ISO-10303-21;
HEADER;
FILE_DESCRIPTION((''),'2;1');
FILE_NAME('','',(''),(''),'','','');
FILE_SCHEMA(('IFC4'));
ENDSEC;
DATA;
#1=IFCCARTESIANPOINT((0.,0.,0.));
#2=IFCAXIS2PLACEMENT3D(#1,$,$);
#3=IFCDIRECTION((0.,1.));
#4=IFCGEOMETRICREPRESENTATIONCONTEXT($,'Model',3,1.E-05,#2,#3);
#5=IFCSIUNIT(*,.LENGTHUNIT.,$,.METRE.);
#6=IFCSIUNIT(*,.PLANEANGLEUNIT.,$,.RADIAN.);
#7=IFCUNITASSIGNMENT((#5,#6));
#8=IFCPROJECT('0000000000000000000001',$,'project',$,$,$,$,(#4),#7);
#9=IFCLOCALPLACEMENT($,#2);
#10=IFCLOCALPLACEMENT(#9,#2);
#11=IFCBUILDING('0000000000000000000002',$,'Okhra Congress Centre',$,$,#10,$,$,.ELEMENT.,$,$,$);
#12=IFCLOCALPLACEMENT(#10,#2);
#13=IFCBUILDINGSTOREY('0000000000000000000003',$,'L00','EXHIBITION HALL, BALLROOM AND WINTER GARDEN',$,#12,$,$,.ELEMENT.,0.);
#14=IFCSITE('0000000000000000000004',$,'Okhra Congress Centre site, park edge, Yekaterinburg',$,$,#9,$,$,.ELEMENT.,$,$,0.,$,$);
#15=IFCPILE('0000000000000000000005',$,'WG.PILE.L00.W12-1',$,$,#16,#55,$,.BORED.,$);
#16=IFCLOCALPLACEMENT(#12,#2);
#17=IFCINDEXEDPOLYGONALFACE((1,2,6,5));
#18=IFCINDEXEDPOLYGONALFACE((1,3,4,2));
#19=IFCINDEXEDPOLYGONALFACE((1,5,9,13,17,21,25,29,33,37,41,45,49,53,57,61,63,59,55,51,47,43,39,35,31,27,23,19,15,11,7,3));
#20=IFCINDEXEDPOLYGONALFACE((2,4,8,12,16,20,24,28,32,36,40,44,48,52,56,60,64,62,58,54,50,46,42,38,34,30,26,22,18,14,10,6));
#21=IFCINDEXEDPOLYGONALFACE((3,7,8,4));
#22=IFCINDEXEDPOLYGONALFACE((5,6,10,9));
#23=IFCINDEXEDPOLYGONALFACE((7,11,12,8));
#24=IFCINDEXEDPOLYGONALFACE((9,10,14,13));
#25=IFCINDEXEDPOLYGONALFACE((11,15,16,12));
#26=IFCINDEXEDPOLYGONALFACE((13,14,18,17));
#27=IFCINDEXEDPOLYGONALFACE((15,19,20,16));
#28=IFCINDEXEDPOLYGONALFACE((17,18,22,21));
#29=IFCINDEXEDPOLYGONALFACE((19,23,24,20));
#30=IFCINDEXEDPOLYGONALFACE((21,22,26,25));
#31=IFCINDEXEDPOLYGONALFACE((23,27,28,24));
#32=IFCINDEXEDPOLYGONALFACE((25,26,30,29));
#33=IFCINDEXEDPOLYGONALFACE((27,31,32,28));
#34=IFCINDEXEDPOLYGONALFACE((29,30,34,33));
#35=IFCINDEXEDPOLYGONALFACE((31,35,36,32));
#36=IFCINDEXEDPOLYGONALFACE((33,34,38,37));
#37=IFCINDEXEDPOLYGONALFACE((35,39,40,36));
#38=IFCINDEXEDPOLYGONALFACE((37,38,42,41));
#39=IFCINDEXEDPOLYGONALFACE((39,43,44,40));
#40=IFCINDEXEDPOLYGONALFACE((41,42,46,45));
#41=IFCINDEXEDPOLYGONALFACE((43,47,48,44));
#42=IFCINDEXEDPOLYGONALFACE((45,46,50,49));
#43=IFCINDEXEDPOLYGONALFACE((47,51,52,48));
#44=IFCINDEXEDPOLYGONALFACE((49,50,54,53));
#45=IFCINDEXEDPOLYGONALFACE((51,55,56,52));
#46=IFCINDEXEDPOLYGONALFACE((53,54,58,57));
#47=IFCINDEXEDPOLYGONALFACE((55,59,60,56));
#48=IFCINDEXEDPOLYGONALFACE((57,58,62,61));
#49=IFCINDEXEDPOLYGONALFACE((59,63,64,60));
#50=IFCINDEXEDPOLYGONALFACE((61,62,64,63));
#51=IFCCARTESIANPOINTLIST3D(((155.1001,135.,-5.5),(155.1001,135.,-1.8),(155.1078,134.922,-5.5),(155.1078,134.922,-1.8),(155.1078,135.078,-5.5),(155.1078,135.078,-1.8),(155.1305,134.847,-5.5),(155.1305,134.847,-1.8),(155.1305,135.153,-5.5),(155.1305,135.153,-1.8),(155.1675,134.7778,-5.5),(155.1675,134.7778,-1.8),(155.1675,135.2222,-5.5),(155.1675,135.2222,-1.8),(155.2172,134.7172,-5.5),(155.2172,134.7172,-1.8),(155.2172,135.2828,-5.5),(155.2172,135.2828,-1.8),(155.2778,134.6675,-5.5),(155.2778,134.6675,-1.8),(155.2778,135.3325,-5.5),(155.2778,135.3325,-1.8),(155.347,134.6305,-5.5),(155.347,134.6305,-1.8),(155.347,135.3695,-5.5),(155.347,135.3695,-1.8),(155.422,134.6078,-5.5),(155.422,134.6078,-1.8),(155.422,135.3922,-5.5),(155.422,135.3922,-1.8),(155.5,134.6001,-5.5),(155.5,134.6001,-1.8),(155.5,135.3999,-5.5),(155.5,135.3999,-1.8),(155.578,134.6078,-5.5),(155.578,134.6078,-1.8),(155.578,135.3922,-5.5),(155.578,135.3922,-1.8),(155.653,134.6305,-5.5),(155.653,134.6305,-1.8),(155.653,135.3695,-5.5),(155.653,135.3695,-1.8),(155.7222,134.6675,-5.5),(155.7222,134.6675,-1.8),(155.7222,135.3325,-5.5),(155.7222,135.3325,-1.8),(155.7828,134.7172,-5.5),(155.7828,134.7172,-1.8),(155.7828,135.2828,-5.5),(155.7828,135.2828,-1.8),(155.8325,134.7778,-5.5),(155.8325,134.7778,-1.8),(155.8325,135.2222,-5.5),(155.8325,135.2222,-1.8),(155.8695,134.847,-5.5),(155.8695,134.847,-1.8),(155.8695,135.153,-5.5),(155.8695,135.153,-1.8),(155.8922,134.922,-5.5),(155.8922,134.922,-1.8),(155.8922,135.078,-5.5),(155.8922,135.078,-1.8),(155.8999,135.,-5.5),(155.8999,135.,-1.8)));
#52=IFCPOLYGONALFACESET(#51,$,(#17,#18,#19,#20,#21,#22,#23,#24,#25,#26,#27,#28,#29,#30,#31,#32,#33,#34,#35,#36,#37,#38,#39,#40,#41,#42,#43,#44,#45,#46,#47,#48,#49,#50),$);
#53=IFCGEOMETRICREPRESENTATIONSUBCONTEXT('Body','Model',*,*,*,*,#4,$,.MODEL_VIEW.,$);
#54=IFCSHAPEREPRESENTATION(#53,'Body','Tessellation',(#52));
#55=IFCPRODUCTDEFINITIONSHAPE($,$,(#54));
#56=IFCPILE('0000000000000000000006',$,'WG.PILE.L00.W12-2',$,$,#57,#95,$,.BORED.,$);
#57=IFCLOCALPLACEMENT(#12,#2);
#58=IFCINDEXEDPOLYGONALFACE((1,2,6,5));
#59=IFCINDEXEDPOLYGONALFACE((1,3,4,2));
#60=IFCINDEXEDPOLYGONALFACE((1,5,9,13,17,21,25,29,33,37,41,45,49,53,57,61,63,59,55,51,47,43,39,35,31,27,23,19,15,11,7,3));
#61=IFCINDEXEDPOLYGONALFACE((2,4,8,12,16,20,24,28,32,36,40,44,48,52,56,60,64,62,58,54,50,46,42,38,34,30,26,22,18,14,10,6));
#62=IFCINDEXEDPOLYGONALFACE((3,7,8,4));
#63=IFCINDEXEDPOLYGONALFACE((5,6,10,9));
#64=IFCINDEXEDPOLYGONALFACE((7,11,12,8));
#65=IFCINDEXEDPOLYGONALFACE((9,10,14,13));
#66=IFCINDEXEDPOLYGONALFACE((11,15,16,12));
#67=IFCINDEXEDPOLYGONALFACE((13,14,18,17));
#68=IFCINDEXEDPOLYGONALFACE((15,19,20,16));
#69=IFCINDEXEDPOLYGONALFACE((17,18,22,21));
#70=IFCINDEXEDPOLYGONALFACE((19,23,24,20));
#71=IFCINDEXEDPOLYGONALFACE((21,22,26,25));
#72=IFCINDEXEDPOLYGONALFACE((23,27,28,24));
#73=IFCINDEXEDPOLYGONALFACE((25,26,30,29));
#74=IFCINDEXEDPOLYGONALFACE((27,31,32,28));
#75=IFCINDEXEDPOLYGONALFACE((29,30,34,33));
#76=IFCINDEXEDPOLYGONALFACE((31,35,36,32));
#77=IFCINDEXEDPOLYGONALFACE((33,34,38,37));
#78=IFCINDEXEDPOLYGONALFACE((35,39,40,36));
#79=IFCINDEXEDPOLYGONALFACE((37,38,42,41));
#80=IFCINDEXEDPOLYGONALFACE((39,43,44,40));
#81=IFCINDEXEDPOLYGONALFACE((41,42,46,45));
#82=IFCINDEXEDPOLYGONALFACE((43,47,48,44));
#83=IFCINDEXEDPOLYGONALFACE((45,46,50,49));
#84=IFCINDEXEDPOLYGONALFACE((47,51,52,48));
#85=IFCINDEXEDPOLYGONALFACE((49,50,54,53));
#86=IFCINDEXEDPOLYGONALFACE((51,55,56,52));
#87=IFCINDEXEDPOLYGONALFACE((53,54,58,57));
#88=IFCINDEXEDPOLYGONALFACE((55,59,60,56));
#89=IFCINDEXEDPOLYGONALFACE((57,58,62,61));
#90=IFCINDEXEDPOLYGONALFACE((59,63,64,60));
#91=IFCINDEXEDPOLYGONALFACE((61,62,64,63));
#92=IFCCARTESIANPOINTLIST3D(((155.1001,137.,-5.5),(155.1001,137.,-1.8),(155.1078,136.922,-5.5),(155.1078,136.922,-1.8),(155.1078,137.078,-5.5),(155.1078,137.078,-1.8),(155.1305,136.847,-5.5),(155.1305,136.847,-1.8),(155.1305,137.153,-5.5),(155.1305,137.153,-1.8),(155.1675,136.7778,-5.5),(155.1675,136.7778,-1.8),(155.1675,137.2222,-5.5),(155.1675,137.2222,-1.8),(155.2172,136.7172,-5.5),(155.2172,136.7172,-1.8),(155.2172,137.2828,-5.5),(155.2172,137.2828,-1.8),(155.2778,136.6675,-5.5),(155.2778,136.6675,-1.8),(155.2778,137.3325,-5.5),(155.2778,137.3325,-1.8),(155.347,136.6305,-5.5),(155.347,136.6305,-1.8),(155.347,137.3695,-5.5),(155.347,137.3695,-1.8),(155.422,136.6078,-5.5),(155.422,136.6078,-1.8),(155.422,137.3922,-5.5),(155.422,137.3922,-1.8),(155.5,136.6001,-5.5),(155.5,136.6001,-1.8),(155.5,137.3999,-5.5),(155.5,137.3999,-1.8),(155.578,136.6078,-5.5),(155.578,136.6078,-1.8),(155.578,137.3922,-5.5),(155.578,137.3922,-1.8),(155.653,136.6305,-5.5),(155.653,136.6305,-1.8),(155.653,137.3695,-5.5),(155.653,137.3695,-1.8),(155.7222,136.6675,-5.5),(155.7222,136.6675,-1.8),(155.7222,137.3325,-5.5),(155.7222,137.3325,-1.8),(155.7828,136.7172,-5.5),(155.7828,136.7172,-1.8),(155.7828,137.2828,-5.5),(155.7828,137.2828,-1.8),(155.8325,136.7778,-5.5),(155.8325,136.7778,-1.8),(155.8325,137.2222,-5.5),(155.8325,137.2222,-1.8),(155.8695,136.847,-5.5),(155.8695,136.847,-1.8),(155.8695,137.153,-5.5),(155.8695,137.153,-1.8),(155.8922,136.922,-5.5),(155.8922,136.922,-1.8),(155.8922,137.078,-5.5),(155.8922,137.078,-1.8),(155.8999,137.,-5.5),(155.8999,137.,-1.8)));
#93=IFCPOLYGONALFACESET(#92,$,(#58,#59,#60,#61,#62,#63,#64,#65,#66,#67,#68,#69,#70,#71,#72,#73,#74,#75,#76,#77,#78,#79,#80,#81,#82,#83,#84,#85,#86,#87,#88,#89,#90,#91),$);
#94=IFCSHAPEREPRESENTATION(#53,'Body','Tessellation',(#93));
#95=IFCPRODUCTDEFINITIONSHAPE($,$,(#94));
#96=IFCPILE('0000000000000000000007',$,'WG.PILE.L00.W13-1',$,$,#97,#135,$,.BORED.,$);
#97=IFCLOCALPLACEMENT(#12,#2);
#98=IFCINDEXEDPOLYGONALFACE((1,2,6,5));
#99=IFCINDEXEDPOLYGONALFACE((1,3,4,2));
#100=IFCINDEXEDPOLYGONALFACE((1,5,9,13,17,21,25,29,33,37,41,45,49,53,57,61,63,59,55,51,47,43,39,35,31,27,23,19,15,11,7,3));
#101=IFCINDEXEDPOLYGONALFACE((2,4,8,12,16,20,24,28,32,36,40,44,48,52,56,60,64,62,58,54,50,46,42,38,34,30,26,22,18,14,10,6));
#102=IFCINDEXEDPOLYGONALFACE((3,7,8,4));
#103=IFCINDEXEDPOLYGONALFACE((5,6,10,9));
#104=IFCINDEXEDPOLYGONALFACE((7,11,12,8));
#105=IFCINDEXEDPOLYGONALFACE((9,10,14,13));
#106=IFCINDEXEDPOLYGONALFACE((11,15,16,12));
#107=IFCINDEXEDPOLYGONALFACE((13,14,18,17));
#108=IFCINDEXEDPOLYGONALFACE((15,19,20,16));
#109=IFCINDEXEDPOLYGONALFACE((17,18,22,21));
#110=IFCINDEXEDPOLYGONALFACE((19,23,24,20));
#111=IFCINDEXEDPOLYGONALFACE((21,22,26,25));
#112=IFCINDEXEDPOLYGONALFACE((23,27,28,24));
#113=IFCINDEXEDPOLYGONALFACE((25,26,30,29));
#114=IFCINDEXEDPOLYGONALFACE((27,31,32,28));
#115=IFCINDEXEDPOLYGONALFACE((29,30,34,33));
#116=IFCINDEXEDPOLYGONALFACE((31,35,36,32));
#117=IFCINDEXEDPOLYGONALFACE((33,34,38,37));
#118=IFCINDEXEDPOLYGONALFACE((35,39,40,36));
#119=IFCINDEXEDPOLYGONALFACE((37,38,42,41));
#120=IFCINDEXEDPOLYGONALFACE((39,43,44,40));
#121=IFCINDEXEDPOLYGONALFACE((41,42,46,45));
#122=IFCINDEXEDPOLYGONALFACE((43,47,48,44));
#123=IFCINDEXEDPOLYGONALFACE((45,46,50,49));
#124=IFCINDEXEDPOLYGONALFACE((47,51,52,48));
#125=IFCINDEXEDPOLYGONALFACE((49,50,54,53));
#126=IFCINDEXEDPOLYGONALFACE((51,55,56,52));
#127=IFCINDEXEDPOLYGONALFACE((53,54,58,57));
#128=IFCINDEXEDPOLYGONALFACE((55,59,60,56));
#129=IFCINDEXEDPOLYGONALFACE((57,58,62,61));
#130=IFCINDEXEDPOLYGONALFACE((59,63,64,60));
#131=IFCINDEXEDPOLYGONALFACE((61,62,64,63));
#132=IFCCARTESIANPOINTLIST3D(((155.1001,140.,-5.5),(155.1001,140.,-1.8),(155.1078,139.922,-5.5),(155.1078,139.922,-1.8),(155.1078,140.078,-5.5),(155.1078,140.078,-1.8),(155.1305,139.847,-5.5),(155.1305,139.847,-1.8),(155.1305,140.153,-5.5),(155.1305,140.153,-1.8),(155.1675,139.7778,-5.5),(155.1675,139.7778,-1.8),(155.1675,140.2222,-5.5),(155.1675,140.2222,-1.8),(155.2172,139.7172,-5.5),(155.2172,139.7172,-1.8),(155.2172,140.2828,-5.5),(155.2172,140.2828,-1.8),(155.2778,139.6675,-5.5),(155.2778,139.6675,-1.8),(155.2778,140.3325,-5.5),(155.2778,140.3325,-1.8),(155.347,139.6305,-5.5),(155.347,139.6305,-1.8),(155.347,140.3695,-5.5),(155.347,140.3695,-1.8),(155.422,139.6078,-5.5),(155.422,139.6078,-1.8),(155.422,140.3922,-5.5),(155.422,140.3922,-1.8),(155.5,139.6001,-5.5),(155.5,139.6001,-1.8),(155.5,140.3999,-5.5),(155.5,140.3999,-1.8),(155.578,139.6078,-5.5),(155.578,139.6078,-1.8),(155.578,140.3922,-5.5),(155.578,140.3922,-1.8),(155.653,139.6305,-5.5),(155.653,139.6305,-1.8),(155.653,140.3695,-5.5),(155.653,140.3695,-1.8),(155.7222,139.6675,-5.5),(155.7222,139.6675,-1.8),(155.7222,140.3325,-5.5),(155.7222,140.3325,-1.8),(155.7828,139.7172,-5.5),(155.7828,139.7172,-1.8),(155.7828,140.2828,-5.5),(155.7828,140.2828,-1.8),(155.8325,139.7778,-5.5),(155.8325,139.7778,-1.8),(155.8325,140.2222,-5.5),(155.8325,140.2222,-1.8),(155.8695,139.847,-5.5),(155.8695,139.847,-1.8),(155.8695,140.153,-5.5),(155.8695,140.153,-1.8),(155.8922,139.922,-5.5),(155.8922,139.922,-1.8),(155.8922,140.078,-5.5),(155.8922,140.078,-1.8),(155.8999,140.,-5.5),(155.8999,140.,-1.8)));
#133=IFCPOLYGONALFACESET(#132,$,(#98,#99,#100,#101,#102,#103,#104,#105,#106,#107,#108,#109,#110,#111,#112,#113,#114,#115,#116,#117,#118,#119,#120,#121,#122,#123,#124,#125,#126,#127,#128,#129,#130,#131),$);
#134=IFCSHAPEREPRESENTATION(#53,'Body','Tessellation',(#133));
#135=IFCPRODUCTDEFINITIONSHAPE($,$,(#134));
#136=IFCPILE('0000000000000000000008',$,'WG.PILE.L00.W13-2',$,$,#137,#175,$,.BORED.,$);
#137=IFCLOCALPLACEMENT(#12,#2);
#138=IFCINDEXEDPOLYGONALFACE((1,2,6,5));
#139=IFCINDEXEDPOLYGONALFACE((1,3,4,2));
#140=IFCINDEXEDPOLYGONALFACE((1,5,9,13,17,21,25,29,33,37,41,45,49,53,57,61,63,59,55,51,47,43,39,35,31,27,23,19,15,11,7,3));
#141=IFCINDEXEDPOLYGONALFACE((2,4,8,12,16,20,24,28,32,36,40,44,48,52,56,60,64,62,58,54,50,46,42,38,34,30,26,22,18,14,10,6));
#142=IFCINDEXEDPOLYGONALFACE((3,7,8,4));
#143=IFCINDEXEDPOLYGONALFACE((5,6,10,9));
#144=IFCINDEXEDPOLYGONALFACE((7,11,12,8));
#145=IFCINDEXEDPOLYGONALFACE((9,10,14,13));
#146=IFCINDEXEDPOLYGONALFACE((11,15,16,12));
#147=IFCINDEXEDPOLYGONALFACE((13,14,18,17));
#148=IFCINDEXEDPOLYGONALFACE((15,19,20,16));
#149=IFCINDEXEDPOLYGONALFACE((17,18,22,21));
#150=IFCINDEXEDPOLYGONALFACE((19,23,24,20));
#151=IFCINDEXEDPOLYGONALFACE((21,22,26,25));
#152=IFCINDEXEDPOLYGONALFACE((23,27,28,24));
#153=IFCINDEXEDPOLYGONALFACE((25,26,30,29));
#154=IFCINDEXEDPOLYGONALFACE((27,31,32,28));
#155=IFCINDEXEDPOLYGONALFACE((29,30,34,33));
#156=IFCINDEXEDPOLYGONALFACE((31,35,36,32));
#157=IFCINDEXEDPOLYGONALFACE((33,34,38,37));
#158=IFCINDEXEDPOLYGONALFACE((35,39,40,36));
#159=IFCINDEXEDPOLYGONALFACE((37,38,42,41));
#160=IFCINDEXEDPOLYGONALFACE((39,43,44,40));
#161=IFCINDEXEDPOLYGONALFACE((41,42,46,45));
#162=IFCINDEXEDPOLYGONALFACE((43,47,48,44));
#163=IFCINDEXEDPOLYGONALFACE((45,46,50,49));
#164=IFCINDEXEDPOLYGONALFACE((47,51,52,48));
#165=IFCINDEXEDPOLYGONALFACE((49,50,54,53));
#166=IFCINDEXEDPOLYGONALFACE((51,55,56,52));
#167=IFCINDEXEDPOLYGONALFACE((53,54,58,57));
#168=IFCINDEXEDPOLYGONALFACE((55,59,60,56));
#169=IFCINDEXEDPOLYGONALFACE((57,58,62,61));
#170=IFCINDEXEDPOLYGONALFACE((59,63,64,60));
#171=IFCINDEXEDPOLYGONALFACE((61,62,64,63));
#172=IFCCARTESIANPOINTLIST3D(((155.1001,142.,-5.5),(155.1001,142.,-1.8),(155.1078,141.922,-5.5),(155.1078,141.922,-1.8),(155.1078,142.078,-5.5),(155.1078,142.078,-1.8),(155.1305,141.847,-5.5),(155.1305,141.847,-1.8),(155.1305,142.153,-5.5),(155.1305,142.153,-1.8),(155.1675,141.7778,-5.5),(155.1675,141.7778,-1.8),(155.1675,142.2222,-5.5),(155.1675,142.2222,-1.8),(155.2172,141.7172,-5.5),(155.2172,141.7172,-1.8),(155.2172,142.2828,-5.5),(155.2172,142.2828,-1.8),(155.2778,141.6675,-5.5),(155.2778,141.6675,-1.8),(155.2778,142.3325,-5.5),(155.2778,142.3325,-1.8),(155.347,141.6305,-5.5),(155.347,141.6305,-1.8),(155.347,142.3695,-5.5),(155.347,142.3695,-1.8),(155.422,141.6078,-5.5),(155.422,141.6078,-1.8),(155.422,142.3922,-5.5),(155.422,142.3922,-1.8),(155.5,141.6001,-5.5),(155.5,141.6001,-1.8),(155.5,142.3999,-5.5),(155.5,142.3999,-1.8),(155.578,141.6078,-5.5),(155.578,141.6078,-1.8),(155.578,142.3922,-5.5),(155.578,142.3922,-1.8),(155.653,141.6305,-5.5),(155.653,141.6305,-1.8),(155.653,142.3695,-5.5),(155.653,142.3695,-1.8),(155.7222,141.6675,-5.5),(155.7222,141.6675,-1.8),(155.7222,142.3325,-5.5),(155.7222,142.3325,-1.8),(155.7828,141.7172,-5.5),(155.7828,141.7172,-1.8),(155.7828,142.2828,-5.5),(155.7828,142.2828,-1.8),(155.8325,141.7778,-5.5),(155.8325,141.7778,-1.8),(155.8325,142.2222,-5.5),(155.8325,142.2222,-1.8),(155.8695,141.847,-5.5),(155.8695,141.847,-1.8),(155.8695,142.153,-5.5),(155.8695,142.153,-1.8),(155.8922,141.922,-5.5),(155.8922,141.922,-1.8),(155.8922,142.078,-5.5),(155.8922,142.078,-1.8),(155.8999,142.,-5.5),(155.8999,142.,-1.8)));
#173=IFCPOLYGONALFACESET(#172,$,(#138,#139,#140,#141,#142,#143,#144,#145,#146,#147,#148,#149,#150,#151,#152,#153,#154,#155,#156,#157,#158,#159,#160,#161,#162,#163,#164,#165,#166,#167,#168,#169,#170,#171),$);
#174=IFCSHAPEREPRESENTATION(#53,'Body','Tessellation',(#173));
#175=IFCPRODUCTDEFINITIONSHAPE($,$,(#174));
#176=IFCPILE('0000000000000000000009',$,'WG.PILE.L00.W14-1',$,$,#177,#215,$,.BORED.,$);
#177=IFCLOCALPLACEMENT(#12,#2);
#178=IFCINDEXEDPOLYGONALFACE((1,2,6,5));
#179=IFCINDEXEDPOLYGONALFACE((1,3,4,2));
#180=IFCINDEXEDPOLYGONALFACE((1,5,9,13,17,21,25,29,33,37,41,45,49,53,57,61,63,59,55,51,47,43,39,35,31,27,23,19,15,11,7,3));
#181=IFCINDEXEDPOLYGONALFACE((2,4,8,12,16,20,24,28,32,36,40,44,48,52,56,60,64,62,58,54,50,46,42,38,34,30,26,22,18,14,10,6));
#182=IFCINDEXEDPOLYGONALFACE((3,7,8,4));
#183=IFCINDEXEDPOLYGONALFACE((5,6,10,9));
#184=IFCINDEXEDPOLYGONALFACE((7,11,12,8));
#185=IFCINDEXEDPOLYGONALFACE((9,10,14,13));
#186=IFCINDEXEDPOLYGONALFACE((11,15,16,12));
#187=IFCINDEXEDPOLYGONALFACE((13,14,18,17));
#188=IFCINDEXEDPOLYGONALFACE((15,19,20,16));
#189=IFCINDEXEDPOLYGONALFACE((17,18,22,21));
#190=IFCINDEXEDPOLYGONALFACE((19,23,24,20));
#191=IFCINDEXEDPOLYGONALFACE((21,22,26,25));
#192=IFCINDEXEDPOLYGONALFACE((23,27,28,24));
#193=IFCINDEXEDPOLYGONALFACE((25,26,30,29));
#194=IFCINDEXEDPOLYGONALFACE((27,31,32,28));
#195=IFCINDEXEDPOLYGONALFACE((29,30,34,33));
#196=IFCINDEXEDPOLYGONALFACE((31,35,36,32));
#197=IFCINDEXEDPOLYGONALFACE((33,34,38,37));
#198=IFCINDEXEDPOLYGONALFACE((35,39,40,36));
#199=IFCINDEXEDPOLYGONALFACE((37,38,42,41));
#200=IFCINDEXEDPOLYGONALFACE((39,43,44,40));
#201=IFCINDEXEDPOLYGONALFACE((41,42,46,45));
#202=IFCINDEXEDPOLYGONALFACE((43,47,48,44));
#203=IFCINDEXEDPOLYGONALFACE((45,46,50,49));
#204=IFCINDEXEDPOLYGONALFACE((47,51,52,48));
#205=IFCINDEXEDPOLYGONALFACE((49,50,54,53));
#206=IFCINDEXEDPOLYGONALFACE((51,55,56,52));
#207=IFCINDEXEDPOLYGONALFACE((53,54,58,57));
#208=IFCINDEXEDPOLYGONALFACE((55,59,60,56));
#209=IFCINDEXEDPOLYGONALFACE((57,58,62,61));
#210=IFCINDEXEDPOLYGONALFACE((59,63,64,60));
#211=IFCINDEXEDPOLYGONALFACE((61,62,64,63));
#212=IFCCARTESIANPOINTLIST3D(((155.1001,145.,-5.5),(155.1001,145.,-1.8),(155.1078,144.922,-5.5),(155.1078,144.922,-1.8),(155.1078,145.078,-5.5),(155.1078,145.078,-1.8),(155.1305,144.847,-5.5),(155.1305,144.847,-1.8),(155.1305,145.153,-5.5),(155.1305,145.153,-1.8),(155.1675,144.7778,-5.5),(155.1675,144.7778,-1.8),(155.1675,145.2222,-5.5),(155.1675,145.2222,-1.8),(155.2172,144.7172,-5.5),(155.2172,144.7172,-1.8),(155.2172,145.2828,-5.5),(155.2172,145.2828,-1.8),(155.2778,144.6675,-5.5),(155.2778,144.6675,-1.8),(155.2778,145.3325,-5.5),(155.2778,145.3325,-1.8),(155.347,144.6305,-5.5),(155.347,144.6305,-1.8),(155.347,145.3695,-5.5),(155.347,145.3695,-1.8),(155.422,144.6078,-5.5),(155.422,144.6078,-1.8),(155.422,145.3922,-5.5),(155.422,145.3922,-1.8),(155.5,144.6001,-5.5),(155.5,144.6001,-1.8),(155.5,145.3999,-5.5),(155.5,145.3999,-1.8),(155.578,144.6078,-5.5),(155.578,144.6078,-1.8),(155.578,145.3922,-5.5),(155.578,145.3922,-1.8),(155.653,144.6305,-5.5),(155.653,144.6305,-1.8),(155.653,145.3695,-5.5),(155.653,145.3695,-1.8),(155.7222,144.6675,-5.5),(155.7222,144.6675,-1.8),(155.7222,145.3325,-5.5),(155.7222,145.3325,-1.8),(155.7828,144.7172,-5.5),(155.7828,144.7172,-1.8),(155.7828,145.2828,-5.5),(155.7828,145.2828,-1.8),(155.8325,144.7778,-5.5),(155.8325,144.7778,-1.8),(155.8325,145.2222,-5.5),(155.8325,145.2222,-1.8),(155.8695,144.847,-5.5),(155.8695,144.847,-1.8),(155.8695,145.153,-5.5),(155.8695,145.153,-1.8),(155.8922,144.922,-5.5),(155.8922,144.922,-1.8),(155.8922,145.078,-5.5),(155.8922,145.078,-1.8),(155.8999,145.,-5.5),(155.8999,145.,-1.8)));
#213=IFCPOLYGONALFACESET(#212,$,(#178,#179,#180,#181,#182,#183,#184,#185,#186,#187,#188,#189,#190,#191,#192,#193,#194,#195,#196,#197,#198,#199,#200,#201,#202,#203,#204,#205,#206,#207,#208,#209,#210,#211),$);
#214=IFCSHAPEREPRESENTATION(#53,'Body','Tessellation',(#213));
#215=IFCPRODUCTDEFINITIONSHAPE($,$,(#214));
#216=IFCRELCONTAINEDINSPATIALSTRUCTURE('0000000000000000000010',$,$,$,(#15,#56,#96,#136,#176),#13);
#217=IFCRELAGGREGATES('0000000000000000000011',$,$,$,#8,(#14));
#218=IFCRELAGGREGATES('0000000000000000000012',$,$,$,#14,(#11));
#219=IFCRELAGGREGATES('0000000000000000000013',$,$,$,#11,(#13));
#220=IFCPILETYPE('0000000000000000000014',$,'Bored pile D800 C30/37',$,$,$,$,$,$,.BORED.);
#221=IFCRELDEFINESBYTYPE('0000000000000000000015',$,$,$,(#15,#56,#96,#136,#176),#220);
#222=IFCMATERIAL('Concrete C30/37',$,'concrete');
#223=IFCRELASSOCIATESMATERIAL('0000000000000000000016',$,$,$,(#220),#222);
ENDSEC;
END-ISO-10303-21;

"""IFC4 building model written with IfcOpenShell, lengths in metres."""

from ifc_helpers import new_model, si_unit, direction, frame, origin, origin_2d, place, context, subcontext, project, spatial, circle, extrude, material, material_profile, profile_set, type_object, element, save


model = new_model("IFC4")

# Units and contexts
model_context = context("Model", 3, precision=1e-05, world=origin(), true_north=direction((0.0, 1.0)))
body_context = subcontext(model_context, "Body", "Model", "MODEL_VIEW")
ifc_project = project(units=[si_unit("LENGTHUNIT", "METRE"), si_unit("PLANEANGLEUNIT", "RADIAN")], contexts=[model_context])

# Site, building, storey
site_placement = place(None, origin())
site = spatial("IfcSite", under=ifc_project, at=site_placement, Name="Okhra Congress Centre site, park edge, Yekaterinburg", CompositionType="ELEMENT", RefElevation=0.0)
building_placement = place(site_placement, origin())
building = spatial("IfcBuilding", under=site, at=building_placement, Name="Okhra Congress Centre", CompositionType="ELEMENT")
storey_placement = place(building_placement, origin())
storey = spatial("IfcBuildingStorey", under=building, at=storey_placement, Name="L00", Description="EXHIBITION HALL, BALLROOM AND WINTER GARDEN", CompositionType="ELEMENT", Elevation=0.0)

# Piles
ifc_material_1 = material(Name="Concrete C30/37", Category="concrete")
ifc_material_profile_1 = material_profile(ifc_material_1, circle(Radius=0.3999, at=origin_2d()), Name="D800")
ifc_profile_set_1 = profile_set([ifc_material_profile_1], Name="Concrete C30/37")
pile_type = type_object("IfcPileType", Name="Bored pile D800 C30/37", PredefinedType="BORED", material=ifc_profile_set_1)
for number, where, z_axis, x_axis, name in (
    (1, (155.5, 135.0, -1.8), (0.0, 0.0, -1.0), (1.0, 0.0, 0.0), "WG.PILE.L00.W12-1"),
    (2, (155.5, 137.0, -1.8), (0.0, 0.0, -1.0), (1.0, 0.0, 0.0), "WG.PILE.L00.W12-2"),
    (3, (155.5, 140.0, -1.8), (0.0, 0.0, -1.0), (1.0, 0.0, 0.0), "WG.PILE.L00.W13-1"),
    (4, (155.5, 142.0, -1.8), (0.0, 0.0, -1.0), (1.0, 0.0, 0.0), "WG.PILE.L00.W13-2"),
    (5, (155.5, 145.0, -1.8), (0.0, 0.0, -1.0), (1.0, 0.0, 0.0), "WG.PILE.L00.W14-1"),
):
    element("IfcPile", number, at=place(storey_placement, frame(where, z_axis=z_axis, x_axis=x_axis)), inside=storey, type_object=pile_type, Name=name, PredefinedType="BORED", context=body_context, shape_type="SweptSolid", body=[
        extrude(circle(Radius=0.3999, at=origin_2d()), origin(), (0.0, 0.0, 1.0), 3.7),
    ])

save(model, "model.ifc")
